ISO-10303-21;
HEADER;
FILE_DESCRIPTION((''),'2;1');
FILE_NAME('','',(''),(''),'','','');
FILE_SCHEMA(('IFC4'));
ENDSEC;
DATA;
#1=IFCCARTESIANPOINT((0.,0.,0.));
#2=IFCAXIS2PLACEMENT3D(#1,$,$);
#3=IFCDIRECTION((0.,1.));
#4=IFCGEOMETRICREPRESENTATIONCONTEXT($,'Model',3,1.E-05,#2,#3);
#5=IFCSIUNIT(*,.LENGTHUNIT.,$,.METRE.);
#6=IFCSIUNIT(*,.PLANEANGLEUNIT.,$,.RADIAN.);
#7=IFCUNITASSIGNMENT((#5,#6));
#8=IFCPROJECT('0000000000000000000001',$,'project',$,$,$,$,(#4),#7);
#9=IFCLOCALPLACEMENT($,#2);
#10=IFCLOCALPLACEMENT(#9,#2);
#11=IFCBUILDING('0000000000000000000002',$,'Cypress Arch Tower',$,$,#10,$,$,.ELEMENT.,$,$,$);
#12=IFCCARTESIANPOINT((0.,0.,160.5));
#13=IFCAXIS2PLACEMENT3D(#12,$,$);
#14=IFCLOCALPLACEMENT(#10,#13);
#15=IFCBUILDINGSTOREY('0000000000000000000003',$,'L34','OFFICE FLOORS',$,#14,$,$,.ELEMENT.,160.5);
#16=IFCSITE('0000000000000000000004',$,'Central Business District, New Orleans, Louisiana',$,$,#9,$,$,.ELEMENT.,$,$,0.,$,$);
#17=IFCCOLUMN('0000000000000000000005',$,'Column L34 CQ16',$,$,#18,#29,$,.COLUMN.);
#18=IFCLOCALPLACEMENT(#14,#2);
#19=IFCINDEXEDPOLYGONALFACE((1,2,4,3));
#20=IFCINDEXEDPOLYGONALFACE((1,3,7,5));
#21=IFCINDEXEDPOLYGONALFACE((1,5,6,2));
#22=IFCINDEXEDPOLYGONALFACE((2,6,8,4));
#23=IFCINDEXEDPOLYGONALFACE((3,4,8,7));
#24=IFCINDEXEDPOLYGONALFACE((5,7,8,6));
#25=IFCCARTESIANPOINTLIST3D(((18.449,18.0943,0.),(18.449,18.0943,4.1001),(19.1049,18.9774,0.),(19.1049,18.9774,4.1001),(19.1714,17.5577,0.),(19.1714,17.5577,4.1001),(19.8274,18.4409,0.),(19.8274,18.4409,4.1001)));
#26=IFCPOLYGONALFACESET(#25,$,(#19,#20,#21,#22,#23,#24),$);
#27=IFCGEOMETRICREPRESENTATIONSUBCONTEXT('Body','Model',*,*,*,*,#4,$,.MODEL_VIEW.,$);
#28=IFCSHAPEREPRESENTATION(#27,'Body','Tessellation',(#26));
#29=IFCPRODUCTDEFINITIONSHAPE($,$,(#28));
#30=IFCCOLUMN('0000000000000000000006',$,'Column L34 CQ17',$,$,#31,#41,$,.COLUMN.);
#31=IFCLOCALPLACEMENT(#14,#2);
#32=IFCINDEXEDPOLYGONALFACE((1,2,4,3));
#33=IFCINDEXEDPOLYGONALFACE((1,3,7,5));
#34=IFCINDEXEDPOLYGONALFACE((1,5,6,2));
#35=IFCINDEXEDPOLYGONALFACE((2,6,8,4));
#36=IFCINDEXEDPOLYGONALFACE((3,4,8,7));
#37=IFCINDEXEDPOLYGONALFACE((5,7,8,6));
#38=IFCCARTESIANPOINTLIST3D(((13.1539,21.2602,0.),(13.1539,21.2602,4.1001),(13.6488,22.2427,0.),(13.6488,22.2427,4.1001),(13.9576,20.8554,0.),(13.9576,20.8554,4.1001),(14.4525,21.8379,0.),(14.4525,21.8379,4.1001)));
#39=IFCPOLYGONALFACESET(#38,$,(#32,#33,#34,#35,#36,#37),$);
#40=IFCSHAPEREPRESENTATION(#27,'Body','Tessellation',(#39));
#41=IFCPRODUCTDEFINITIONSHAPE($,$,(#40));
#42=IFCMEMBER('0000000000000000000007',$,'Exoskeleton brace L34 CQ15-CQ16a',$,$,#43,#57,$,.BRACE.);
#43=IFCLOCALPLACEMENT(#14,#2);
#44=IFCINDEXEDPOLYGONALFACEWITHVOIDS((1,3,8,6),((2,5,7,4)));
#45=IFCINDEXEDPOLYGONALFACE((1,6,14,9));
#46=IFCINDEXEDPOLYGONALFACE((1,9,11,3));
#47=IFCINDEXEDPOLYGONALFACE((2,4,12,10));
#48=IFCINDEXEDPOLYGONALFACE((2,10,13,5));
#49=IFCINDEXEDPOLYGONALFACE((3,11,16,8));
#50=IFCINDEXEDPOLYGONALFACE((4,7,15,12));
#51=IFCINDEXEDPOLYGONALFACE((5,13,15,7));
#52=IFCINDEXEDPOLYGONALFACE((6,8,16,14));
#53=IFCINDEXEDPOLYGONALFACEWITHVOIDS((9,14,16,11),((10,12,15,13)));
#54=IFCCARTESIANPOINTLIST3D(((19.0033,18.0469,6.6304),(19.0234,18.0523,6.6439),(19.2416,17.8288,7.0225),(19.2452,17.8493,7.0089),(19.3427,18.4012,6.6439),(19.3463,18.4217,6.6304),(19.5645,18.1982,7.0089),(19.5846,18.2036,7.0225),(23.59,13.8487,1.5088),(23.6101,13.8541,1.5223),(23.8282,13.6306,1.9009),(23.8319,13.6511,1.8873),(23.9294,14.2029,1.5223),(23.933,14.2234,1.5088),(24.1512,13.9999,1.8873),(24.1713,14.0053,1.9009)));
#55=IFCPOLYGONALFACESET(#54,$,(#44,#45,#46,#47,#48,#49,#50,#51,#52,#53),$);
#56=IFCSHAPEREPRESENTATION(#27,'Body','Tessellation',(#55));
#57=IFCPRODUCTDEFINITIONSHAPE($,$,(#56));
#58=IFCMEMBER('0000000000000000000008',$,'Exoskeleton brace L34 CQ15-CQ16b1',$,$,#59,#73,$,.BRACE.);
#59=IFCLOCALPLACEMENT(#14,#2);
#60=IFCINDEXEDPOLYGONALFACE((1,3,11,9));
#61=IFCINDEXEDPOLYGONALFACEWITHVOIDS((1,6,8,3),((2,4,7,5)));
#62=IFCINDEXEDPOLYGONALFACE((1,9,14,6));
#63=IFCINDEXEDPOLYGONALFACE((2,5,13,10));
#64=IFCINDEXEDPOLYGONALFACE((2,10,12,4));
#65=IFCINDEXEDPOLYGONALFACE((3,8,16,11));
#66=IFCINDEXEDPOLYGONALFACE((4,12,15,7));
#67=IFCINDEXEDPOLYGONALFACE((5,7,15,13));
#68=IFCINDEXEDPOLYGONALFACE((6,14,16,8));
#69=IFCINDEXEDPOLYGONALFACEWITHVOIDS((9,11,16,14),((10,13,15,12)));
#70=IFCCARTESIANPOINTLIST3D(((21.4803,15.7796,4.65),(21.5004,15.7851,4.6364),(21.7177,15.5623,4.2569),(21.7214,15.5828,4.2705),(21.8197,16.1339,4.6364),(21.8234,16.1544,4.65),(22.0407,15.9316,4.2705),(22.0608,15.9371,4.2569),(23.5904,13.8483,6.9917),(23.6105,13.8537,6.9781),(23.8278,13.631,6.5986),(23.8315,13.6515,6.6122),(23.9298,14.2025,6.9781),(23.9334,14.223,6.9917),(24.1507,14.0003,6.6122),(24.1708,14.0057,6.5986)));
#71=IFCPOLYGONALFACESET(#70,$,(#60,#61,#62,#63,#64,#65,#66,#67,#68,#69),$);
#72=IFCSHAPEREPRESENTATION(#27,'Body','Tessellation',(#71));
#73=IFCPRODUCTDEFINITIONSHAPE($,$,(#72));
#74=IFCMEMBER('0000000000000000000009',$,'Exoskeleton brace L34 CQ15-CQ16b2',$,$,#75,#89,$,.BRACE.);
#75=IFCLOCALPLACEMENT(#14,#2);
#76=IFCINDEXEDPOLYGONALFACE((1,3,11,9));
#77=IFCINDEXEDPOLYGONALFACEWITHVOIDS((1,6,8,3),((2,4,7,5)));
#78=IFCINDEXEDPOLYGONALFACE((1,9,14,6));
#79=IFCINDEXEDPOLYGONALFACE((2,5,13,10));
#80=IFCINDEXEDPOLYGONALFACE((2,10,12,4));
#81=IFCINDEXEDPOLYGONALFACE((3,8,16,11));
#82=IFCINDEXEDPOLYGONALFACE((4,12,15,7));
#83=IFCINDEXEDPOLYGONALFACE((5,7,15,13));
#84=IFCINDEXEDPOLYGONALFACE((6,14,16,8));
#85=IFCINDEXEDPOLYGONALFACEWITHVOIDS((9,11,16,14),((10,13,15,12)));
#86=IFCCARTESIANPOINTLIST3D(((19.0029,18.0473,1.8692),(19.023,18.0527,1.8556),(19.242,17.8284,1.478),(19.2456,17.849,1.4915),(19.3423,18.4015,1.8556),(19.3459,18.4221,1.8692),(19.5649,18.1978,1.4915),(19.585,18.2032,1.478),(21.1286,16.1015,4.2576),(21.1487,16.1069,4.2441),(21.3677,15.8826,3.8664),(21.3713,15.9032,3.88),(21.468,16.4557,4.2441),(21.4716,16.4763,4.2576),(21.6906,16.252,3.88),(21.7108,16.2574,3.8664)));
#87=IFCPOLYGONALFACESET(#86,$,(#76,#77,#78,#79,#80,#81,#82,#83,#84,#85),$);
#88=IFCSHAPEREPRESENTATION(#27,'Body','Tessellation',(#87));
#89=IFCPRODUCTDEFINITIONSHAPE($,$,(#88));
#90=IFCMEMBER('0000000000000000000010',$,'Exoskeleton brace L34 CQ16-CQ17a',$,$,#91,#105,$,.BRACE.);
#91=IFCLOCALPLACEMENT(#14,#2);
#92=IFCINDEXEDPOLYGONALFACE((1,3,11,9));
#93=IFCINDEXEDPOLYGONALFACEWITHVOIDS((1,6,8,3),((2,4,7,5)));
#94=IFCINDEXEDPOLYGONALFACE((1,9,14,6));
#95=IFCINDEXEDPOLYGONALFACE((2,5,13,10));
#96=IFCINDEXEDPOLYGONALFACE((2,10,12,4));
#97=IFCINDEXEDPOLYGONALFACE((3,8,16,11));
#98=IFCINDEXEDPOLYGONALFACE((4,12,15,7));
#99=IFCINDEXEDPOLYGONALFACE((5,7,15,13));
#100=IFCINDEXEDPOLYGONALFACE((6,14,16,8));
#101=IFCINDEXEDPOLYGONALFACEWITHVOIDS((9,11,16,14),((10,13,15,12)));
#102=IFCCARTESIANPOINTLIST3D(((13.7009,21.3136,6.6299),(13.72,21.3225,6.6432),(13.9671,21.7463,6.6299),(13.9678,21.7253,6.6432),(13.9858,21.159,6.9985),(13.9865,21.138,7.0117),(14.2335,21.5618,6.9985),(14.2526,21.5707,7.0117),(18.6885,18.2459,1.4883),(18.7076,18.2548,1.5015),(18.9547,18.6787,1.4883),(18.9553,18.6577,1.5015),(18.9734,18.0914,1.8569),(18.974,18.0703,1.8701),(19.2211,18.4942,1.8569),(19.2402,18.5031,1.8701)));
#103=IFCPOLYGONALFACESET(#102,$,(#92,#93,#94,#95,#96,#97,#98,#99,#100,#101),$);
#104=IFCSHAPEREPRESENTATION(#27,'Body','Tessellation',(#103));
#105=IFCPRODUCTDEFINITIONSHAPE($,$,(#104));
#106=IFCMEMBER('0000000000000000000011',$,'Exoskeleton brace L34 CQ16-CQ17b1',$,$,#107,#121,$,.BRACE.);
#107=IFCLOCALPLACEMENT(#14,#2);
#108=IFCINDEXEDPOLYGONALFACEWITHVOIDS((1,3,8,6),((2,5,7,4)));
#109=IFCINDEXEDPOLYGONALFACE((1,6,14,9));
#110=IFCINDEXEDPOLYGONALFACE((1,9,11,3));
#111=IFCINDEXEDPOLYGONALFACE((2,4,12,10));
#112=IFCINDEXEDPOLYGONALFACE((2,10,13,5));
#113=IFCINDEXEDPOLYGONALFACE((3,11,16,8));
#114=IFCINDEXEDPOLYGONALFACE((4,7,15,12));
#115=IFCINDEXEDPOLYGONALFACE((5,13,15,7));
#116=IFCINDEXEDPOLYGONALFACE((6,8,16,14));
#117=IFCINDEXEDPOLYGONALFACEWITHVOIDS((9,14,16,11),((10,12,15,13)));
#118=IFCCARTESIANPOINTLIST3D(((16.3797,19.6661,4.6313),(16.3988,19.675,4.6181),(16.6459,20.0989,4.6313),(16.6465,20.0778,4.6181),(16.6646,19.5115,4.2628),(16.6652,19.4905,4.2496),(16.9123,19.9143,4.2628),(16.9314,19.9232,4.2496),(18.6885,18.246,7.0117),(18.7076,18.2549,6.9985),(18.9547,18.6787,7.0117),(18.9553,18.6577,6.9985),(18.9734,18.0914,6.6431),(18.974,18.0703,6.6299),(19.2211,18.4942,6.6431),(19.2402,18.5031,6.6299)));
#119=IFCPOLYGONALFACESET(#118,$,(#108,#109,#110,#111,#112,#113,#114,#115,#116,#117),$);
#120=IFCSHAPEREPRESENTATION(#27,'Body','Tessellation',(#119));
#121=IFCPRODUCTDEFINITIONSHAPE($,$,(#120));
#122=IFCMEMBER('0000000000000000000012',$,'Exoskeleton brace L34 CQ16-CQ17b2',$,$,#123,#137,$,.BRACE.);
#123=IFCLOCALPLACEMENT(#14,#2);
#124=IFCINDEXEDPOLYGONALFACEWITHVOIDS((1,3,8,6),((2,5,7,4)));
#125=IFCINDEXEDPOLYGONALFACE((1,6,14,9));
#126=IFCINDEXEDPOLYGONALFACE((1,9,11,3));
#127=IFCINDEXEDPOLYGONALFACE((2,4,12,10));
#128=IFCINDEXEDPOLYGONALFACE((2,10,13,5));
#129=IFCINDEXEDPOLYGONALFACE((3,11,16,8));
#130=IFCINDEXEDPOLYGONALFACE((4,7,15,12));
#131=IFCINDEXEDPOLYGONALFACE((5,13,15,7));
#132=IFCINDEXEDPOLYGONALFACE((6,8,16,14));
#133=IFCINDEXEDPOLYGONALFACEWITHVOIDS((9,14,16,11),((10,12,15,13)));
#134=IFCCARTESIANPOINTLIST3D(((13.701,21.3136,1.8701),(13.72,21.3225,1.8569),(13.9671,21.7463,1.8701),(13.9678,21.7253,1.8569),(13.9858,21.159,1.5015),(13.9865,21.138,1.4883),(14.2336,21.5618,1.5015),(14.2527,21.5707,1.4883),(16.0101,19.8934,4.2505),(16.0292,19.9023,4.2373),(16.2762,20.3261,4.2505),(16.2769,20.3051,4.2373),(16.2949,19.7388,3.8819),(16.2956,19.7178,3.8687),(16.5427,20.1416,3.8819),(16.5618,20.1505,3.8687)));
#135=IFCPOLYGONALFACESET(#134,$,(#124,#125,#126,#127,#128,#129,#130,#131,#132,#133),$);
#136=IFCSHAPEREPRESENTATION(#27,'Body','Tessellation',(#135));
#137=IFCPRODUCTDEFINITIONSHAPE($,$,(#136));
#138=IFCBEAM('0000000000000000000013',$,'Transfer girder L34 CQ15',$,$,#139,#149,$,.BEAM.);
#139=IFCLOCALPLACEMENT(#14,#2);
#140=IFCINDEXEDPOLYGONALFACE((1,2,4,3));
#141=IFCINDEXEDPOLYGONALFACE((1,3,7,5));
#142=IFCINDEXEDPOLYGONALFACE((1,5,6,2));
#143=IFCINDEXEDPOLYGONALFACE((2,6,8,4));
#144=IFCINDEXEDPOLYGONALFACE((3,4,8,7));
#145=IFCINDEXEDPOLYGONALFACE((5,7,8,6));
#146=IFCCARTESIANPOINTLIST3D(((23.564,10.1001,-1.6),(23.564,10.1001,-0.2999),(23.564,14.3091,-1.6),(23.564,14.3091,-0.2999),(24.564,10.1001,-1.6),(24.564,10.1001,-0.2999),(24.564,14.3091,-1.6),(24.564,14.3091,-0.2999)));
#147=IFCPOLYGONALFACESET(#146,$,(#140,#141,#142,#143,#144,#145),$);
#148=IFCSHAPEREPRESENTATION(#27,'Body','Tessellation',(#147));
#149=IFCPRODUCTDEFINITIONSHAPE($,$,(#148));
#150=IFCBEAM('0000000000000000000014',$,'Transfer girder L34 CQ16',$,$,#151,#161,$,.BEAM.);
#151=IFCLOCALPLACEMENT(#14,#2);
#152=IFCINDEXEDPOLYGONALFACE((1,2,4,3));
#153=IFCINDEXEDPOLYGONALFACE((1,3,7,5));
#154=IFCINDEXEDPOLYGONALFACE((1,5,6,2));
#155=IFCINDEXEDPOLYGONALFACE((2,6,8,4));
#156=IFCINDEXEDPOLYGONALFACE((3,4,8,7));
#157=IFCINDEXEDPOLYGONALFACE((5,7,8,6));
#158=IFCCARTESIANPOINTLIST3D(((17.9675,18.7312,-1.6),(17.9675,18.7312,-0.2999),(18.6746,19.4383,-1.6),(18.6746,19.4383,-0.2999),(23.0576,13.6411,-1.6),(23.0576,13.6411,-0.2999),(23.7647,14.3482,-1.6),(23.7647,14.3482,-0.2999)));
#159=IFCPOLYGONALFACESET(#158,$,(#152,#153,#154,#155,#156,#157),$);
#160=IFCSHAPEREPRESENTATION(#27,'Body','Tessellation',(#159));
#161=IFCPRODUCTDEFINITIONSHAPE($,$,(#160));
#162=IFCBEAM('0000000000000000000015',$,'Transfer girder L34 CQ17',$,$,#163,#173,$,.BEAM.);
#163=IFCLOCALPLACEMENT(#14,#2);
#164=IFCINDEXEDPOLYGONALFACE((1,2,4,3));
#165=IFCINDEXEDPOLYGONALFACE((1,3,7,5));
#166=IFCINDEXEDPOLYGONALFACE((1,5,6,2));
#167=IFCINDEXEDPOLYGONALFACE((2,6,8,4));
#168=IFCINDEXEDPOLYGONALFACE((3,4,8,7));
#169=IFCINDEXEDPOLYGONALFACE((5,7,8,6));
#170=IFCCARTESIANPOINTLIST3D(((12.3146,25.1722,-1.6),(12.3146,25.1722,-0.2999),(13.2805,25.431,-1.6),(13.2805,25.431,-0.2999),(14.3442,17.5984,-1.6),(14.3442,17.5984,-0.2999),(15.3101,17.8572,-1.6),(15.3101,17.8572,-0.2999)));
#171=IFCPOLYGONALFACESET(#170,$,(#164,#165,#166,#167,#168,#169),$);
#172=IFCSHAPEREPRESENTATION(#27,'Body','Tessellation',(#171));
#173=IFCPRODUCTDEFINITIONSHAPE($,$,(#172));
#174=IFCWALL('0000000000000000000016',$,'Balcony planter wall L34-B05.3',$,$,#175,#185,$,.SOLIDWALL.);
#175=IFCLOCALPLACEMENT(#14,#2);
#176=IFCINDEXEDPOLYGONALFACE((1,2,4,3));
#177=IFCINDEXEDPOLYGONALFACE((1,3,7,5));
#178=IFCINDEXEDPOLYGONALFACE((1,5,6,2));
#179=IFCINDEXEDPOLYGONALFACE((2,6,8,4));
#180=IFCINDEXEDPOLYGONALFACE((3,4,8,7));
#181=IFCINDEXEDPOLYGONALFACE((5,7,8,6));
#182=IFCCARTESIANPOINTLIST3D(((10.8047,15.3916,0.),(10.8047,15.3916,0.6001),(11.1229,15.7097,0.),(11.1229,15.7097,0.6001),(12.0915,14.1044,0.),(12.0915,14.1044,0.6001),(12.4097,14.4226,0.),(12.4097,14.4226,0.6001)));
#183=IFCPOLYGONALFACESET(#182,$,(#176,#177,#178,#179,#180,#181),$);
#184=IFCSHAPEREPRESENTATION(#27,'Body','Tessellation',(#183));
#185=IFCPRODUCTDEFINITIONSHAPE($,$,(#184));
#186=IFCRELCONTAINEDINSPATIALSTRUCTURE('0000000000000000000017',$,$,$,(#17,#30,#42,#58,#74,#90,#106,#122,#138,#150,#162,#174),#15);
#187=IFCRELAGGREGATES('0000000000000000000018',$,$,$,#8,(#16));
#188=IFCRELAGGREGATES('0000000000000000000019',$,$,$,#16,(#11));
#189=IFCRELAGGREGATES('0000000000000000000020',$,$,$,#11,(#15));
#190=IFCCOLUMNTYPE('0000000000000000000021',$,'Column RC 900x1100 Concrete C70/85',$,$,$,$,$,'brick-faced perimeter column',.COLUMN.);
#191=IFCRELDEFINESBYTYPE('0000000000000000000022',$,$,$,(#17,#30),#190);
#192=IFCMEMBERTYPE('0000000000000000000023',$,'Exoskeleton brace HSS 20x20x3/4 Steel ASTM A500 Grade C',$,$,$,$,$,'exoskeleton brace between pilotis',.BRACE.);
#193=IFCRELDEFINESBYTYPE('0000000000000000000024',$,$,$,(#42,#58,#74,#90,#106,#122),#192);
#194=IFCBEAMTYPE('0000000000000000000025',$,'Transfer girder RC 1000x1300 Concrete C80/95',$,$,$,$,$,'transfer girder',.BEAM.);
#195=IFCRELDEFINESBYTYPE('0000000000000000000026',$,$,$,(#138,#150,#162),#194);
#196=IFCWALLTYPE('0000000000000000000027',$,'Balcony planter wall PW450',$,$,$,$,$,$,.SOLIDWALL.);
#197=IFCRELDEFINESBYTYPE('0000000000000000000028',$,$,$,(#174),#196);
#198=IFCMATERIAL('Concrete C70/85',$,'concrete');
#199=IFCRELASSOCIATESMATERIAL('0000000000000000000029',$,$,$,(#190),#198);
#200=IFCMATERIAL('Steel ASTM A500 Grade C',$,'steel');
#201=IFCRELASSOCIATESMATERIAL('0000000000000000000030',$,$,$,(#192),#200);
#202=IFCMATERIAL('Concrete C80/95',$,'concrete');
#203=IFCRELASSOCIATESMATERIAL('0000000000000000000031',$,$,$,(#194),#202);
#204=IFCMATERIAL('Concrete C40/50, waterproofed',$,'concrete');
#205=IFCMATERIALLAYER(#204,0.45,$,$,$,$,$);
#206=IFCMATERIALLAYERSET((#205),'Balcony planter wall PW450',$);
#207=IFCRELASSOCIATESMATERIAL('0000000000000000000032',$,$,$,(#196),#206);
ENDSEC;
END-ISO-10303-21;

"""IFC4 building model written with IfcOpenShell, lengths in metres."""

from ifc_helpers import new_model, si_unit, direction, frame, frame_2d, origin, origin_2d, place, context, subcontext, project, spatial, rectangle, hollow_rectangle, extrude, material, layer, layer_set, material_profile, profile_set, type_object, element, save


model = new_model("IFC4")

# Units and contexts
model_context = context("Model", 3, precision=1e-05, world=origin(), true_north=direction((0.0, 1.0)))
body_context = subcontext(model_context, "Body", "Model", "MODEL_VIEW")
ifc_project = project(units=[si_unit("LENGTHUNIT", "METRE"), si_unit("PLANEANGLEUNIT", "RADIAN")], contexts=[model_context])

# Site, building, storey
site_placement = place(None, origin())
site = spatial("IfcSite", under=ifc_project, at=site_placement, Name="Central Business District, New Orleans, Louisiana", CompositionType="ELEMENT", RefElevation=0.0)
building_placement = place(site_placement, origin())
building = spatial("IfcBuilding", under=site, at=building_placement, Name="Cypress Arch Tower", CompositionType="ELEMENT")
storey_placement = place(building_placement, frame((0.0, 0.0, 160.5)))
storey = spatial("IfcBuildingStorey", under=building, at=storey_placement, Name="L34", Description="OFFICE FLOORS", CompositionType="ELEMENT", Elevation=160.5)

# Columns
ifc_material_1 = material(Name="Concrete C70/85", Category="concrete")
ifc_material_profile_1 = material_profile(ifc_material_1, rectangle(XDim=0.8999, YDim=1.1001, at=origin_2d()), Name="RC 900x1100")
ifc_profile_set_1 = profile_set([ifc_material_profile_1], Name="Concrete C70/85")
column_type = type_object("IfcColumnType", Name="Column RC 900x1100 Concrete C70/85", ElementType="brick-faced perimeter column", PredefinedType="COLUMN", material=ifc_profile_set_1)
for number, where, z_axis, x_axis, name in (
    (1, (19.1382, 18.2676, 0.0), (0.0, 0.0, 1.0), (-0.802799, 0.59625, 0.0), "Column L34 CQ16"),
    (2, (13.8032, 21.5491, 0.0), (0.0, 0.0, 1.0), (-0.893106, 0.449845, 0.0), "Column L34 CQ17"),
):
    element("IfcColumn", number, at=place(storey_placement, frame(where, z_axis=z_axis, x_axis=x_axis)), inside=storey, type_object=column_type, Name=name, PredefinedType="COLUMN", context=body_context, shape_type="SweptSolid", body=[
        extrude(rectangle(XDim=0.8999, YDim=1.1001, at=origin_2d()), origin(), (0.0, 0.0, 1.0), 4.1001),
    ])

# Members
ifc_material_2 = material(Name="Steel ASTM A500 Grade C", Category="steel")
ifc_material_profile_2 = material_profile(ifc_material_2, hollow_rectangle(XDim=0.5081, YDim=0.5081, WallThickness=0.0176, at=origin_2d()), Name="HSS 20x20x3/4")
ifc_profile_set_2 = profile_set([ifc_material_profile_2], Name="Steel ASTM A500 Grade C")
member_type = type_object("IfcMemberType", Name="Exoskeleton brace HSS 20x20x3/4 Steel ASTM A500 Grade C", ElementType="exoskeleton brace between pilotis", PredefinedType="BRACE", material=ifc_profile_set_2)
member_1_placement = place(storey_placement, frame((23.8806, 13.927, 1.7048), z_axis=(-0.569374, 0.521155, 0.635776), x_axis=(-0.675182, -0.737651, 0.0)))
element("IfcMember", 3, at=member_1_placement, inside=storey, type_object=member_type, Name="Exoskeleton brace L34 CQ15-CQ16a", PredefinedType="BRACE", context=body_context, shape_type="SweptSolid", body=[
    extrude(hollow_rectangle(XDim=0.5081, YDim=0.5081, WallThickness=0.0176, at=origin_2d()), origin(), (0.0, 0.0, 1.0), 8.0557),
])
member_2_placement = place(storey_placement, frame((23.8806, 13.927, 6.7952), z_axis=(-0.570782, 0.522441, -0.633454), x_axis=(-0.67518, -0.737653, 0.0)))
element("IfcMember", 4, at=member_2_placement, inside=storey, type_object=member_type, Name="Exoskeleton brace L34 CQ15-CQ16b1", PredefinedType="BRACE", context=body_context, shape_type="SweptSolid", body=[
    extrude(hollow_rectangle(XDim=0.5081, YDim=0.5081, WallThickness=0.0176, at=origin_2d()), origin(), (0.0, 0.0, 1.0), 3.6968),
])
member_3_placement = place(storey_placement, frame((19.2939, 18.1252, 1.6736), z_axis=(0.567934, -0.519861, 0.638118), x_axis=(0.675199, 0.737636, 0.0)))
element("IfcMember", 5, at=member_3_placement, inside=storey, type_object=member_type, Name="Exoskeleton brace L34 CQ15-CQ16b2", PredefinedType="BRACE", context=body_context, shape_type="SweptSolid", body=[
    extrude(hollow_rectangle(XDim=0.5081, YDim=0.5081, WallThickness=0.0176, at=origin_2d()), origin(), (0.0, 0.0, 1.0), 3.7429),
])
member_4_placement = place(storey_placement, frame((18.9644, 18.3745, 1.6792), z_axis=(-0.64005, 0.393667, 0.65982), x_axis=(-0.523895, -0.851783, 0.0)))
element("IfcMember", 6, at=member_4_placement, inside=storey, type_object=member_type, Name="Exoskeleton brace L34 CQ16-CQ17a", PredefinedType="BRACE", context=body_context, shape_type="SweptSolid", body=[
    extrude(hollow_rectangle(XDim=0.5081, YDim=0.5081, WallThickness=0.0176, at=origin_2d()), origin(), (0.0, 0.0, 1.0), 7.7925),
])
member_5_placement = place(storey_placement, frame((18.9644, 18.3745, 6.8208), z_axis=(-0.640018, 0.393675, -0.659847), x_axis=(-0.523922, -0.851767, 0.0)))
element("IfcMember", 7, at=member_5_placement, inside=storey, type_object=member_type, Name="Exoskeleton brace L34 CQ16-CQ17b1", PredefinedType="BRACE", context=body_context, shape_type="SweptSolid", body=[
    extrude(hollow_rectangle(XDim=0.5081, YDim=0.5081, WallThickness=0.0176, at=origin_2d()), origin(), (0.0, 0.0, 1.0), 3.6074),
])
member_6_placement = place(storey_placement, frame((13.9768, 21.4421, 1.6792), z_axis=(0.640057, -0.393658, 0.659818), x_axis=(0.523881, 0.851791, 0.0)))
element("IfcMember", 8, at=member_6_placement, inside=storey, type_object=member_type, Name="Exoskeleton brace L34 CQ16-CQ17b2", PredefinedType="BRACE", context=body_context, shape_type="SweptSolid", body=[
    extrude(hollow_rectangle(XDim=0.5081, YDim=0.5081, WallThickness=0.0176, at=origin_2d()), origin(), (0.0, 0.0, 1.0), 3.6077),
])

# Beams
ifc_material_3 = material(Name="Concrete C80/95", Category="concrete")
ifc_material_profile_3 = material_profile(ifc_material_3, rectangle(XDim=1.0, YDim=1.3, at=origin_2d()), Name="RC 1000x1300")
ifc_profile_set_3 = profile_set([ifc_material_profile_3], Name="Concrete C80/95")
beam_type = type_object("IfcBeamType", Name="Transfer girder RC 1000x1300 Concrete C80/95", ElementType="transfer girder", PredefinedType="BEAM", material=ifc_profile_set_3)
beam_1_placement = place(storey_placement, frame((24.064, 14.3091, -0.95), z_axis=(0.0, -1.0, 0.0), x_axis=(1.0, 0.0, 0.0)))
element("IfcBeam", 9, at=beam_1_placement, inside=storey, type_object=beam_type, Name="Transfer girder L34 CQ15", PredefinedType="BEAM", context=body_context, shape_type="SweptSolid", body=[
    extrude(rectangle(XDim=1.0, YDim=1.3, at=origin_2d()), origin(), (0.0, 0.0, 1.0), 4.209),
])
beam_2_placement = place(storey_placement, frame((23.4111, 13.9946, -0.95), z_axis=(-0.707107, 0.707107, 0.0), x_axis=(-0.707107, -0.707107, 0.0)))
element("IfcBeam", 10, at=beam_2_placement, inside=storey, type_object=beam_type, Name="Transfer girder L34 CQ16", PredefinedType="BEAM", context=body_context, shape_type="SweptSolid", body=[
    extrude(rectangle(XDim=1.0, YDim=1.3, at=origin_2d()), origin(), (0.0, 0.0, 1.0), 7.1985),
])
beam_3_placement = place(storey_placement, frame((14.8271, 17.7278, -0.95), z_axis=(-0.258839, 0.965921, 0.0), x_axis=(-0.965921, -0.258839, 0.0)))
element("IfcBeam", 11, at=beam_3_placement, inside=storey, type_object=beam_type, Name="Transfer girder L34 CQ17", PredefinedType="BEAM", context=body_context, shape_type="SweptSolid", body=[
    extrude(rectangle(XDim=1.0, YDim=1.3, at=origin_2d()), origin(), (0.0, 0.0, 1.0), 7.8411),
])

# Wall
ifc_material_4 = material(Name="Concrete C40/50, waterproofed", Category="concrete")
ifc_layer = layer(ifc_material_4, 0.45)
ifc_layer_set = layer_set([ifc_layer], Name="Balcony planter wall PW450")
wall_type = type_object("IfcWallType", Name="Balcony planter wall PW450", PredefinedType="SOLIDWALL", material=ifc_layer_set)
wall_placement = place(storey_placement, frame((12.2507, 14.2634, 0.0), z_axis=(0.0, 0.0, 1.0), x_axis=(-0.70704, 0.707174, 0.0)))
element("IfcWall", 12, at=wall_placement, inside=storey, type_object=wall_type, Name="Balcony planter wall L34-B05.3", PredefinedType="SOLIDWALL", context=body_context, shape_type="SweptSolid", body=[
    extrude(rectangle(XDim=1.8201, YDim=0.45, at=frame_2d((0.9102, 0.0))), origin(), (0.0, 0.0, 1.0), 0.6001),
])

save(model, "model.ifc")
